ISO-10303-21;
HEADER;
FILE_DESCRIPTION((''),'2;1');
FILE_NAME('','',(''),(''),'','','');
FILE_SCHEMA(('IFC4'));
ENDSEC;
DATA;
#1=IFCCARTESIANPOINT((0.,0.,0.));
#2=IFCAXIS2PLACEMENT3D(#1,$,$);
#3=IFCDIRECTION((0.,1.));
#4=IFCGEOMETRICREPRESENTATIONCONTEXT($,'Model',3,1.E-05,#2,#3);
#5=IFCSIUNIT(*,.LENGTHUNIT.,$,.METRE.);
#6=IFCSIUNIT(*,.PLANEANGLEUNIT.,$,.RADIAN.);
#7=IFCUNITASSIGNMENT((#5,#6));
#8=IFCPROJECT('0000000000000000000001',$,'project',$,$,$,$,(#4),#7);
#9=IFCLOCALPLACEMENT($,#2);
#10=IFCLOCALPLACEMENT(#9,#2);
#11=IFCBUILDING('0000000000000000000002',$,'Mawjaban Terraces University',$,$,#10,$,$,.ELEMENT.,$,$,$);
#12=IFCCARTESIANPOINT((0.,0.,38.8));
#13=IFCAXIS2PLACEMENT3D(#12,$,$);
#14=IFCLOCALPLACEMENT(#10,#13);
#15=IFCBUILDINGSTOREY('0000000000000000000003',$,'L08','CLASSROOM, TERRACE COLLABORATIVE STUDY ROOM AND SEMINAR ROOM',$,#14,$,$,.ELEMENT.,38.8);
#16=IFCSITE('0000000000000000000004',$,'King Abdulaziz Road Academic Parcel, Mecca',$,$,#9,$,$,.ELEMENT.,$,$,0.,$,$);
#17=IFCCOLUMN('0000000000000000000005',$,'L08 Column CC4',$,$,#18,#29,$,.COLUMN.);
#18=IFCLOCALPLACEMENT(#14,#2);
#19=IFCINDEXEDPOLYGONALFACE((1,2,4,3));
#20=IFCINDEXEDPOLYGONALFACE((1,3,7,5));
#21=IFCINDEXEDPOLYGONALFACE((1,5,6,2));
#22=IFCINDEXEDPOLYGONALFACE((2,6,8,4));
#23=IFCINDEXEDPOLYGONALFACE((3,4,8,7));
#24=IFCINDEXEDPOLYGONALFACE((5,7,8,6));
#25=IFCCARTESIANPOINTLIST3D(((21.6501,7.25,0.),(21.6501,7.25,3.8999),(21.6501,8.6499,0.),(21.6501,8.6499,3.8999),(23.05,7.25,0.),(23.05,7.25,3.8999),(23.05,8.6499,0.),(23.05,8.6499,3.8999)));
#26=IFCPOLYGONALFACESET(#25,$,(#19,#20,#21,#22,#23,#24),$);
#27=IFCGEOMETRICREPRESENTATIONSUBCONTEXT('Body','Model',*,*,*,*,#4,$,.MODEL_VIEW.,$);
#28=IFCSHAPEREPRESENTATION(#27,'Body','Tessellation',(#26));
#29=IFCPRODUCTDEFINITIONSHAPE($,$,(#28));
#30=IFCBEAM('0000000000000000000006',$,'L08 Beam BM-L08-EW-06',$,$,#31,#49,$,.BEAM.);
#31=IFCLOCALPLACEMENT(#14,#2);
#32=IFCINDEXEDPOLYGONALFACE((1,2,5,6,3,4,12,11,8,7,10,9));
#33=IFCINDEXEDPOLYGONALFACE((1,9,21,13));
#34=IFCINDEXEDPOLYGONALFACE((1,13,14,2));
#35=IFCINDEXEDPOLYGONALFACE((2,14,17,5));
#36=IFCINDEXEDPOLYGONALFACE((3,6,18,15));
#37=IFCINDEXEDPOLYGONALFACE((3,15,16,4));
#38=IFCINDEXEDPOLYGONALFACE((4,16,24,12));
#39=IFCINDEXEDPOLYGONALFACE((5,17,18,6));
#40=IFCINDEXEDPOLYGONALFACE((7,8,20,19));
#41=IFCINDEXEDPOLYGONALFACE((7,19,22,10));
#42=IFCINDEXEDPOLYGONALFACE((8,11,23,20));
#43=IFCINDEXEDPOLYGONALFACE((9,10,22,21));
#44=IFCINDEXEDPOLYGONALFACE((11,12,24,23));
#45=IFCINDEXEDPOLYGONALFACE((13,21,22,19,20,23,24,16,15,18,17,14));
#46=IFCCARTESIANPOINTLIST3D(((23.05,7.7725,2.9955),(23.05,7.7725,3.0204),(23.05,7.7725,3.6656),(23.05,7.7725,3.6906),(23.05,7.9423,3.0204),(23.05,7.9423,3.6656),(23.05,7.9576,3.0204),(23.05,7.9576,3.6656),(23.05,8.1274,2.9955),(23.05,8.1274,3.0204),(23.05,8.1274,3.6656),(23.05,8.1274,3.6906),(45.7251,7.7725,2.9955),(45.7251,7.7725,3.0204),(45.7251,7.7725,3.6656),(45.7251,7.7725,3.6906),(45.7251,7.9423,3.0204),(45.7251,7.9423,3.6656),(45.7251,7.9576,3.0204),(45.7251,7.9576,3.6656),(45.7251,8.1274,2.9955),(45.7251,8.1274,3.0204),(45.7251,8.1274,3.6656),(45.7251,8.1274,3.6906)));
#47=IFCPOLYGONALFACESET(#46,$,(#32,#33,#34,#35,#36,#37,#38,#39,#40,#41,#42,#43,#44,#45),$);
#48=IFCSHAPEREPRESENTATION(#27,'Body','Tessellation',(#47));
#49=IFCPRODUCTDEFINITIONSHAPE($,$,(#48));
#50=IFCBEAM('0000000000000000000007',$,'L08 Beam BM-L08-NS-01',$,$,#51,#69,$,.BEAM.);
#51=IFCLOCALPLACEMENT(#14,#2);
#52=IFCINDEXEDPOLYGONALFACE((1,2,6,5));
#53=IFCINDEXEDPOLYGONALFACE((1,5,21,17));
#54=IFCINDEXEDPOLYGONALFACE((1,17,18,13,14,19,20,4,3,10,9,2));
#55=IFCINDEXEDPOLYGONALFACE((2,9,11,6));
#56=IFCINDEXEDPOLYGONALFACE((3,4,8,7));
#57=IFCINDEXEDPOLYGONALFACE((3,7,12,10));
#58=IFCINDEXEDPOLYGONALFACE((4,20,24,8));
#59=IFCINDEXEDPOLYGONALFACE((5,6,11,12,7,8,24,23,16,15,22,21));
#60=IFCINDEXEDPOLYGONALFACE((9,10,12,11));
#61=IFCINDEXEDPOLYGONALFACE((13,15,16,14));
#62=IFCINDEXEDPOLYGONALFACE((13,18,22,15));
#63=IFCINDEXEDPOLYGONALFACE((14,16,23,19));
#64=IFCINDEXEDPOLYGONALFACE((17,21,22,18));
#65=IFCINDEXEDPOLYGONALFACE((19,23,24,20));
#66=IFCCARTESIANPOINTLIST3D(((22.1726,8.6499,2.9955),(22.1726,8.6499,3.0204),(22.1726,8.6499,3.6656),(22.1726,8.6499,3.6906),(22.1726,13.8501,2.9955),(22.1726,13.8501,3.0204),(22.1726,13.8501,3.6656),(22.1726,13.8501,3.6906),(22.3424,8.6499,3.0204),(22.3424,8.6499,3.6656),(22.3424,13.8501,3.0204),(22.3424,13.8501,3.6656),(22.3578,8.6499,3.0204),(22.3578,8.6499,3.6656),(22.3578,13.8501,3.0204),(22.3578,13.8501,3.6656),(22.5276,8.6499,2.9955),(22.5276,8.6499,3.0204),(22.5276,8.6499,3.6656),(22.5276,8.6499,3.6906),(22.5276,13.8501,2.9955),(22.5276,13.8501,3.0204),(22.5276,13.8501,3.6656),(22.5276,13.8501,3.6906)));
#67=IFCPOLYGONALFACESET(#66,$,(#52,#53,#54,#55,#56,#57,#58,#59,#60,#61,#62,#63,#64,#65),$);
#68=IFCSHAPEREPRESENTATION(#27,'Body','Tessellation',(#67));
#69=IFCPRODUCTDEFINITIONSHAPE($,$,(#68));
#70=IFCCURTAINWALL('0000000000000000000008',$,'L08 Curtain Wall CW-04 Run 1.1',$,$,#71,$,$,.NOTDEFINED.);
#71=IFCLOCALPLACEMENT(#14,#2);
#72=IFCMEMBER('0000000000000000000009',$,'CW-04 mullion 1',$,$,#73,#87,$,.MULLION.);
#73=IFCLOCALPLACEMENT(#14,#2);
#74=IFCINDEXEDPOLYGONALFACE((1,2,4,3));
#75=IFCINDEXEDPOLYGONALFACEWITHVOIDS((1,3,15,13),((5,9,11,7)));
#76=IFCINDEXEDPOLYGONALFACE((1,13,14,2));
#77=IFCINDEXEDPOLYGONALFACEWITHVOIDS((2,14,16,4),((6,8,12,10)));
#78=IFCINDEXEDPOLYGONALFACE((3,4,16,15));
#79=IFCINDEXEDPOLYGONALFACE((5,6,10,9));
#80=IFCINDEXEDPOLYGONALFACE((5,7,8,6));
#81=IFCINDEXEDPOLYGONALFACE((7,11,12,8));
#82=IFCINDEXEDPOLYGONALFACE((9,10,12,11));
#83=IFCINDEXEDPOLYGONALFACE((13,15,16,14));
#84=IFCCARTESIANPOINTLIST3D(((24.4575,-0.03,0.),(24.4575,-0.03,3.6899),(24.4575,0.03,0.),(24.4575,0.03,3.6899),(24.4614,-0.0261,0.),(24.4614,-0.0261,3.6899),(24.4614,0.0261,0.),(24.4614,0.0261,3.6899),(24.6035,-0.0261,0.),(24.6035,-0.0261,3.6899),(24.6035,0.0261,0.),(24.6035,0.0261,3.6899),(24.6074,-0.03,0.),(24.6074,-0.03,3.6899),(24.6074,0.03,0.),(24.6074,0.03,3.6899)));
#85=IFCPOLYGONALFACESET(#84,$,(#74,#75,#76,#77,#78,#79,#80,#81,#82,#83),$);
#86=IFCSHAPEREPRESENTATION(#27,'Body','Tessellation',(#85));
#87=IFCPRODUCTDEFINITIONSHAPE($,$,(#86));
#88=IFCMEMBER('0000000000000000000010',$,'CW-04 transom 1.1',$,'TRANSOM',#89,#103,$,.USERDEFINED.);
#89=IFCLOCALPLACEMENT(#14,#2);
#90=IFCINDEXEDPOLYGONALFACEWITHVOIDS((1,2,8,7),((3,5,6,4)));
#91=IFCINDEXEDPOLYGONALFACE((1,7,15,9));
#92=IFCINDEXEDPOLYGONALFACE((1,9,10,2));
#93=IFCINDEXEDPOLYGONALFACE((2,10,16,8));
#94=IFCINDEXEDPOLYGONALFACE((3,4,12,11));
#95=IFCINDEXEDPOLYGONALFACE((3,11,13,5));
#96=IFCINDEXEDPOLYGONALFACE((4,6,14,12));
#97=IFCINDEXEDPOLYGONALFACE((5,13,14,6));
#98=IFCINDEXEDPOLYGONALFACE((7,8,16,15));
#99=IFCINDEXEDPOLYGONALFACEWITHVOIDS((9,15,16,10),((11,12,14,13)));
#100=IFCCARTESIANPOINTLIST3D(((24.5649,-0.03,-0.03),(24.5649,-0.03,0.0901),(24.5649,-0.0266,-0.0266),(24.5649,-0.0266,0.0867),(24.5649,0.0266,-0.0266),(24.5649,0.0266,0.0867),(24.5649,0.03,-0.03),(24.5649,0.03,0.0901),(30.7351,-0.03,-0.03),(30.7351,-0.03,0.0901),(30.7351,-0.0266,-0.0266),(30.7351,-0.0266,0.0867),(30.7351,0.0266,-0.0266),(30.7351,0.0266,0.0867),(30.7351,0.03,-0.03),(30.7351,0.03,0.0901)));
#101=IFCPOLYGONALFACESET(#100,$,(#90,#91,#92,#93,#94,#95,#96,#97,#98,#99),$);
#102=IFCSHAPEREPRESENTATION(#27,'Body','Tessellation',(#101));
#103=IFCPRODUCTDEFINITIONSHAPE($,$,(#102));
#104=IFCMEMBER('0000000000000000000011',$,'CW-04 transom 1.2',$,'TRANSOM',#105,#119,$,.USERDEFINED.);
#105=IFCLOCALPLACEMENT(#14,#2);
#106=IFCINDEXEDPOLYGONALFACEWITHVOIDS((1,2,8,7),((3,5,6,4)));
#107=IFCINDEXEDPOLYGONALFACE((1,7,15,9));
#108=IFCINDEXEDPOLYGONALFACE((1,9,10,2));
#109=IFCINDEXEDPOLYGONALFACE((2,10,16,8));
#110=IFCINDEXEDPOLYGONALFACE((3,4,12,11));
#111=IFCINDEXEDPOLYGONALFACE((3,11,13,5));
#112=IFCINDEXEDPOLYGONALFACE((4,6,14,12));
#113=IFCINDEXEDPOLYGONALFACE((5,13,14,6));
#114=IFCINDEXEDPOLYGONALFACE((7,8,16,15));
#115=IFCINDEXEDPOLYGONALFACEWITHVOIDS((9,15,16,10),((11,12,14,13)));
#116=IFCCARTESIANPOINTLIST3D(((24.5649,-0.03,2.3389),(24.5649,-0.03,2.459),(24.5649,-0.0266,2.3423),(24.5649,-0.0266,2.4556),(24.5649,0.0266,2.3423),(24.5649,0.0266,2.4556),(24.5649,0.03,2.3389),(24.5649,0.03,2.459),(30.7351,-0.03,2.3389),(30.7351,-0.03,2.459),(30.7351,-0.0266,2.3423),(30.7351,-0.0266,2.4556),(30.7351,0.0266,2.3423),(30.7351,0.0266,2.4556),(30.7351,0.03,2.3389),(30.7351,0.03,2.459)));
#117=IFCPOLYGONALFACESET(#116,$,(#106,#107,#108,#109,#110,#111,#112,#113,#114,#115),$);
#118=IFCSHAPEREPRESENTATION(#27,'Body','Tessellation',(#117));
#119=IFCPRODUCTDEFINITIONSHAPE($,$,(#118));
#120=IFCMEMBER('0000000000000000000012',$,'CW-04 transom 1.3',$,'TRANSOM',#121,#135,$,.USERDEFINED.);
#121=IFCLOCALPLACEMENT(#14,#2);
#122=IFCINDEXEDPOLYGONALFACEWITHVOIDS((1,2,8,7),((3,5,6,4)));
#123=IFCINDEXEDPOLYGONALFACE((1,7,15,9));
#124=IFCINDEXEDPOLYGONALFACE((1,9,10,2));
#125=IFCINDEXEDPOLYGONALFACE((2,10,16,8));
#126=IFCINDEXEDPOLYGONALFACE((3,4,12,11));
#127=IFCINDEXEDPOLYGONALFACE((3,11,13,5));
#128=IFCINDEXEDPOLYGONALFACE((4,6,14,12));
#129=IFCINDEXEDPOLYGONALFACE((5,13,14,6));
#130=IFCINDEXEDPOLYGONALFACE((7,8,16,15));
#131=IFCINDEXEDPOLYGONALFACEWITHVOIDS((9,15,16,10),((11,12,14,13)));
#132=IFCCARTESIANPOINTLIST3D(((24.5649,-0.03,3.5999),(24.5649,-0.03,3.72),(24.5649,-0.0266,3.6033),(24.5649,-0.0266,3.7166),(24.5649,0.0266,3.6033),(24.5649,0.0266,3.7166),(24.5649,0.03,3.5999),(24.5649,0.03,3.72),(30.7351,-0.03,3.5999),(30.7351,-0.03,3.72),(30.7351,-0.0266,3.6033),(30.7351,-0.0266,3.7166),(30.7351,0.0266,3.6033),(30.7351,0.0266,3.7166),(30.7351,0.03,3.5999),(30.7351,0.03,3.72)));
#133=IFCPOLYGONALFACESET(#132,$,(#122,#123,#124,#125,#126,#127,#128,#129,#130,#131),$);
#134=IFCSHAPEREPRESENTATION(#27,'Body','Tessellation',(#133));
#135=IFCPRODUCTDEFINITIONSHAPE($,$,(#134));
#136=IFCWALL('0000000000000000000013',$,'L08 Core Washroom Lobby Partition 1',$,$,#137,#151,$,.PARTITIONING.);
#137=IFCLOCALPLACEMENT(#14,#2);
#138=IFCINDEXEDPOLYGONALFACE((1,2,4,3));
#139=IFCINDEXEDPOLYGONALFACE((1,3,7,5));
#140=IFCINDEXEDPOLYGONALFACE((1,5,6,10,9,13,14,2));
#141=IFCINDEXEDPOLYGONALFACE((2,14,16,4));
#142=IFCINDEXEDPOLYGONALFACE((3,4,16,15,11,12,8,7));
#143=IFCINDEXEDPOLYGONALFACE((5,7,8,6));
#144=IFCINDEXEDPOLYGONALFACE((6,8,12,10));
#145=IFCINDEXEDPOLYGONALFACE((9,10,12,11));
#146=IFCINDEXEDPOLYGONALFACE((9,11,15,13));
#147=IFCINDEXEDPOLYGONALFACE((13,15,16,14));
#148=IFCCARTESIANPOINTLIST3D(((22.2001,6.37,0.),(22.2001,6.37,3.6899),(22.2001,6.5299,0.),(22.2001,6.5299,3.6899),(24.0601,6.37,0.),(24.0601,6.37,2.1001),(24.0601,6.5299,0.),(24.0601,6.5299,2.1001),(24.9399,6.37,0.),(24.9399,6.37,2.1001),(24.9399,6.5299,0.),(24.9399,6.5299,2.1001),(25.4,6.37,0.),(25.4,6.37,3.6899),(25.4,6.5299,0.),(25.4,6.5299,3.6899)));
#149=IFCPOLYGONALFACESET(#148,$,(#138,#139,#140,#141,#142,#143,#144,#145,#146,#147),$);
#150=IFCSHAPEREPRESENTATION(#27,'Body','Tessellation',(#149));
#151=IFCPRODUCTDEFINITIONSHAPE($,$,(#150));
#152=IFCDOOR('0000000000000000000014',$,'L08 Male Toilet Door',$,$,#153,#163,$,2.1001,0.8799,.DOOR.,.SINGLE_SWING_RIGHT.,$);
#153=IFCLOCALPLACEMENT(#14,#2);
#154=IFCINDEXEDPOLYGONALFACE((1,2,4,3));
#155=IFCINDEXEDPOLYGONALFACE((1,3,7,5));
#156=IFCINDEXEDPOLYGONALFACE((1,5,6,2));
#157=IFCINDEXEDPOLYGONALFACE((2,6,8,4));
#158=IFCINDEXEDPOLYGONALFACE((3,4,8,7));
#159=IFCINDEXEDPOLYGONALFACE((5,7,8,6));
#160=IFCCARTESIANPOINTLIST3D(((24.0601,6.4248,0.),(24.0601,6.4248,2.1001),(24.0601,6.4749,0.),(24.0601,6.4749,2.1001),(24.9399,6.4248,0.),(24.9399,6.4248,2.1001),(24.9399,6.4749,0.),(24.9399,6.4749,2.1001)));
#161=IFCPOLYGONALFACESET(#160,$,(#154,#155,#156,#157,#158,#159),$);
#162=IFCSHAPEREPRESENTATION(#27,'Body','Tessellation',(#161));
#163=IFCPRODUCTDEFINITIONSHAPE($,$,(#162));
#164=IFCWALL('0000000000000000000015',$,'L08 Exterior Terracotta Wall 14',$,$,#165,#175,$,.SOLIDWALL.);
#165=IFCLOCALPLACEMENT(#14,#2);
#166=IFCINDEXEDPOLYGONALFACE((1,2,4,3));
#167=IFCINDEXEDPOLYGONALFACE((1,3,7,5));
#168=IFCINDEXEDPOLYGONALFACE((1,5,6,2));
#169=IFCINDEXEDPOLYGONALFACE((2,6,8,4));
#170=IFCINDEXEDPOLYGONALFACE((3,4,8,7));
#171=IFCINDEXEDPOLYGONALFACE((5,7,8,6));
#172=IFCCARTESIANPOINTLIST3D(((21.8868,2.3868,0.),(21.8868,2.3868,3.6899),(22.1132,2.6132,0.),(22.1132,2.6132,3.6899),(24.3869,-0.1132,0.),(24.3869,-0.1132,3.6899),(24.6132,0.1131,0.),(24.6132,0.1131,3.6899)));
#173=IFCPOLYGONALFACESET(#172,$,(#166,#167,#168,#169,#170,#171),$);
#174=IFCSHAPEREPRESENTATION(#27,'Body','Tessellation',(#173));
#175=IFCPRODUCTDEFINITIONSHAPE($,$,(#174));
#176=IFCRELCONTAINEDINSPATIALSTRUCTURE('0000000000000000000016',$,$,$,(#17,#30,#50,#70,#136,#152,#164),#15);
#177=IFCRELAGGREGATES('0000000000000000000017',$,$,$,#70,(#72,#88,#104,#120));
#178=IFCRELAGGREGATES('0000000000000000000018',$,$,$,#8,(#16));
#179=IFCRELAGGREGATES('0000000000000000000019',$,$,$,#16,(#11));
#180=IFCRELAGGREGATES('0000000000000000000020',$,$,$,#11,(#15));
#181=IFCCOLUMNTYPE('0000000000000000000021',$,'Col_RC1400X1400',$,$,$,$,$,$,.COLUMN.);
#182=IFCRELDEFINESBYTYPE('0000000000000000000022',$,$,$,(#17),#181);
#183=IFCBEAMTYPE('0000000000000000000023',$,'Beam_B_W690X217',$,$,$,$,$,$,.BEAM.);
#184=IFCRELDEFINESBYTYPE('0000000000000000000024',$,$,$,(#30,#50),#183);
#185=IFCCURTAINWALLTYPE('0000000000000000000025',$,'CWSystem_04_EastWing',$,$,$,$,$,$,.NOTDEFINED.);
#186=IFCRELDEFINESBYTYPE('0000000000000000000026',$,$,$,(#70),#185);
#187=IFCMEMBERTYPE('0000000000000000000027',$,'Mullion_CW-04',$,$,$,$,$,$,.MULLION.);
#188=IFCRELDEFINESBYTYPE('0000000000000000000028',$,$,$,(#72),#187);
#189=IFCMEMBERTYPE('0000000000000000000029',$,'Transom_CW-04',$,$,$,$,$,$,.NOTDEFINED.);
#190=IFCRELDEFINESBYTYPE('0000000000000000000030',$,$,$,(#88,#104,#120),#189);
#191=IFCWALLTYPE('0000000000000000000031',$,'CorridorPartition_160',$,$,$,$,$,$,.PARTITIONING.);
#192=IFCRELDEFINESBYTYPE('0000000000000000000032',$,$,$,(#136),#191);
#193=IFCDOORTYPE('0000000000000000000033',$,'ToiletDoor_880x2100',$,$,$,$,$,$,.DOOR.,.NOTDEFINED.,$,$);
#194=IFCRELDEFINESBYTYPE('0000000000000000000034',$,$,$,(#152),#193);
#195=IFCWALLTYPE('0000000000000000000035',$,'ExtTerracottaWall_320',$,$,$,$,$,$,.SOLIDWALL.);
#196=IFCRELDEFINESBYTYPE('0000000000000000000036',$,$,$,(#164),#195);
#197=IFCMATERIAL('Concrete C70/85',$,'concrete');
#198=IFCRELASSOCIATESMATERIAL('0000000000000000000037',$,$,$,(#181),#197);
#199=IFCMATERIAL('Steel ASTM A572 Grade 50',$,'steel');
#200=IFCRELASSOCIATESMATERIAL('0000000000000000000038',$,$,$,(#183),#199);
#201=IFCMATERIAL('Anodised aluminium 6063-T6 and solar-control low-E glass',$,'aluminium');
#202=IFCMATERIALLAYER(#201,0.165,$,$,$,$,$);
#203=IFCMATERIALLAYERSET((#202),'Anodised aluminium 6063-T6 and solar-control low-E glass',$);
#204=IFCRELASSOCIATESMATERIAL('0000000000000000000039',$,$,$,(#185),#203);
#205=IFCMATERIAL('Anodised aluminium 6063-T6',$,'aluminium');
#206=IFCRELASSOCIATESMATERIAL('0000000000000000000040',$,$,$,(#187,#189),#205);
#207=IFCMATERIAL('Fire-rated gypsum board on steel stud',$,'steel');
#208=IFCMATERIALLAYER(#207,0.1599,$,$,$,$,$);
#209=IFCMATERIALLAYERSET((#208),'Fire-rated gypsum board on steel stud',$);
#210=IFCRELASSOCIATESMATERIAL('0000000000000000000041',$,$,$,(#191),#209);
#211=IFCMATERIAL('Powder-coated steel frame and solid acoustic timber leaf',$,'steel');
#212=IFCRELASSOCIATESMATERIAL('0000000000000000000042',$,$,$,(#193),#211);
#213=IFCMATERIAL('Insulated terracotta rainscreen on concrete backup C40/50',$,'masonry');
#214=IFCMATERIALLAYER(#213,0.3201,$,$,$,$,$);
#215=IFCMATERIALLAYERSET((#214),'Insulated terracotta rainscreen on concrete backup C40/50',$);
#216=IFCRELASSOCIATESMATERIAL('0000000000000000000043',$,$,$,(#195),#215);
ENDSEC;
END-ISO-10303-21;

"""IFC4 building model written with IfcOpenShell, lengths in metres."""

from ifc_helpers import new_model, si_unit, direction, frame, frame_2d, origin, origin_2d, place, context, subcontext, project, spatial, rectangle, hollow_rectangle, i_section, extrude, material, layer, layer_set, material_profile, profile_set, type_object, element, fill, aggregate, save


model = new_model("IFC4")

# Units and contexts
model_context = context("Model", 3, precision=1e-05, world=origin(), true_north=direction((0.0, 1.0)))
body_context = subcontext(model_context, "Body", "Model", "MODEL_VIEW")
ifc_project = project(units=[si_unit("LENGTHUNIT", "METRE"), si_unit("PLANEANGLEUNIT", "RADIAN")], contexts=[model_context])

# Site, building, storey
site_placement = place(None, origin())
site = spatial("IfcSite", under=ifc_project, at=site_placement, Name="King Abdulaziz Road Academic Parcel, Mecca", CompositionType="ELEMENT", RefElevation=0.0)
building_placement = place(site_placement, origin())
building = spatial("IfcBuilding", under=site, at=building_placement, Name="Mawjaban Terraces University", CompositionType="ELEMENT")
storey_placement = place(building_placement, frame((0.0, 0.0, 38.8)))
storey = spatial("IfcBuildingStorey", under=building, at=storey_placement, Name="L08", Description="CLASSROOM, TERRACE COLLABORATIVE STUDY ROOM AND SEMINAR ROOM", CompositionType="ELEMENT", Elevation=38.8)

# Column
ifc_material_1 = material(Name="Concrete C70/85", Category="concrete")
ifc_material_profile_1 = material_profile(ifc_material_1, rectangle(XDim=1.3999, YDim=1.3999, at=origin_2d()), Name="RC1400X1400")
ifc_profile_set_1 = profile_set([ifc_material_profile_1], Name="Concrete C70/85")
column_type = type_object("IfcColumnType", Name="Col_RC1400X1400", PredefinedType="COLUMN", material=ifc_profile_set_1)
column_placement = place(storey_placement, frame((22.3501, 7.95, 0.0), z_axis=(0.0, 0.0, 1.0), x_axis=(1.0, 0.0, 0.0)))
element("IfcColumn", 1, at=column_placement, inside=storey, type_object=column_type, Name="L08 Column CC4", PredefinedType="COLUMN", context=body_context, shape_type="SweptSolid", body=[
    extrude(rectangle(XDim=1.3999, YDim=1.3999, at=origin_2d()), origin(), (0.0, 0.0, 1.0), 3.8999),
])

# Beams
ifc_material_2 = material(Name="Steel ASTM A572 Grade 50", Category="steel")
ifc_material_profile_2 = material_profile(ifc_material_2, i_section(OverallWidth=0.355, OverallDepth=0.6951, WebThickness=0.0154, FlangeThickness=0.0249, at=origin_2d()), Name="W690X217")
ifc_profile_set_2 = profile_set([ifc_material_profile_2], Name="Steel ASTM A572 Grade 50")
beam_type = type_object("IfcBeamType", Name="Beam_B_W690X217", PredefinedType="BEAM", material=ifc_profile_set_2)
beam_1_placement = place(storey_placement, frame((23.05, 7.95, 3.343), z_axis=(1.0, 0.0, 0.0), x_axis=(0.0, 1.0, 0.0)))
element("IfcBeam", 2, at=beam_1_placement, inside=storey, type_object=beam_type, Name="L08 Beam BM-L08-EW-06", PredefinedType="BEAM", context=body_context, shape_type="SweptSolid", body=[
    extrude(i_section(OverallWidth=0.355, OverallDepth=0.6951, WebThickness=0.0154, FlangeThickness=0.0249, at=origin_2d()), origin(), (0.0, 0.0, 1.0), 22.675),
])
beam_2_placement = place(storey_placement, frame((22.3501, 8.6499, 3.343), z_axis=(0.0, 1.0, 0.0), x_axis=(-1.0, 0.0, 0.0)))
element("IfcBeam", 3, at=beam_2_placement, inside=storey, type_object=beam_type, Name="L08 Beam BM-L08-NS-01", PredefinedType="BEAM", context=body_context, shape_type="SweptSolid", body=[
    extrude(i_section(OverallWidth=0.355, OverallDepth=0.6951, WebThickness=0.0154, FlangeThickness=0.0249, at=origin_2d()), origin(), (0.0, 0.0, 1.0), 5.2002),
])

# Curtain wall, members
ifc_material_3 = material(Name="Anodised aluminium 6063-T6 and solar-control low-E glass", Category="aluminium")
ifc_layer_1 = layer(ifc_material_3, 0.165)
ifc_layer_set_1 = layer_set([ifc_layer_1], Name="Anodised aluminium 6063-T6 and solar-control low-E glass")
curtain_wall_type = type_object("IfcCurtainWallType", Name="CWSystem_04_EastWing", PredefinedType="NOTDEFINED", material=ifc_layer_set_1)
curtain_wall_placement = place(storey_placement, origin())
curtain_wall = element("IfcCurtainWall", 4, at=curtain_wall_placement, inside=storey, type_object=curtain_wall_type, Name="L08 Curtain Wall CW-04 Run 1.1", PredefinedType="NOTDEFINED")
ifc_material_4 = material(Name="Anodised aluminium 6063-T6", Category="aluminium")
ifc_material_profile_3 = material_profile(ifc_material_4, hollow_rectangle(XDim=0.0601, YDim=0.1499, WallThickness=0.0039, at=origin_2d()), Name="ALU150X60X4")
ifc_profile_set_3 = profile_set([ifc_material_profile_3], Name="Anodised aluminium 6063-T6")
member_type_1 = type_object("IfcMemberType", Name="Mullion_CW-04", PredefinedType="MULLION", material=ifc_profile_set_3)
member_1_placement = place(storey_placement, frame((24.5325, 0.0, 0.0), z_axis=(0.0, 0.0, 1.0), x_axis=(0.0, 1.0, 0.0)))
member_1 = element("IfcMember", 5, at=member_1_placement, type_object=member_type_1, Name="CW-04 mullion 1", PredefinedType="MULLION", context=body_context, shape_type="SweptSolid", body=[
    extrude(hollow_rectangle(XDim=0.0601, YDim=0.1499, WallThickness=0.0039, at=origin_2d()), origin(), (0.0, 0.0, 1.0), 3.6899),
])
ifc_material_profile_4 = material_profile(ifc_material_4, hollow_rectangle(XDim=0.0601, YDim=0.1201, WallThickness=0.0034, at=origin_2d()), Name="ALU120X60X3.5")
ifc_profile_set_4 = profile_set([ifc_material_profile_4], Name="Anodised aluminium 6063-T6")
member_type_2 = type_object("IfcMemberType", Name="Transom_CW-04", PredefinedType="NOTDEFINED", material=ifc_profile_set_4)
member_2_placement = place(storey_placement, frame((24.5649, 0.0, 0.03), z_axis=(1.0, 0.0, 0.0), x_axis=(0.0, 1.0, 0.0)))
member_2 = element("IfcMember", 6, at=member_2_placement, type_object=member_type_2, Name="CW-04 transom 1.1", ObjectType="TRANSOM", PredefinedType="USERDEFINED", context=body_context, shape_type="SweptSolid", body=[
    extrude(hollow_rectangle(XDim=0.0601, YDim=0.1201, WallThickness=0.0034, at=origin_2d()), origin(), (0.0, 0.0, 1.0), 6.1702),
])
member_3_placement = place(storey_placement, frame((24.5649, 0.0, 2.3989), z_axis=(1.0, 0.0, 0.0), x_axis=(0.0, 1.0, 0.0)))
member_3 = element("IfcMember", 7, at=member_3_placement, type_object=member_type_2, Name="CW-04 transom 1.2", ObjectType="TRANSOM", PredefinedType="USERDEFINED", context=body_context, shape_type="SweptSolid", body=[
    extrude(hollow_rectangle(XDim=0.0601, YDim=0.1201, WallThickness=0.0034, at=origin_2d()), origin(), (0.0, 0.0, 1.0), 6.1702),
])
member_4_placement = place(storey_placement, frame((24.5649, 0.0, 3.6599), z_axis=(1.0, 0.0, 0.0), x_axis=(0.0, 1.0, 0.0)))
member_4 = element("IfcMember", 8, at=member_4_placement, type_object=member_type_2, Name="CW-04 transom 1.3", ObjectType="TRANSOM", PredefinedType="USERDEFINED", context=body_context, shape_type="SweptSolid", body=[
    extrude(hollow_rectangle(XDim=0.0601, YDim=0.1201, WallThickness=0.0034, at=origin_2d()), origin(), (0.0, 0.0, 1.0), 6.1702),
])
aggregate(curtain_wall, [member_1, member_2, member_3, member_4])

# Wall, opening, door
ifc_material_5 = material(Name="Fire-rated gypsum board on steel stud", Category="steel")
ifc_layer_2 = layer(ifc_material_5, 0.1599)
ifc_layer_set_2 = layer_set([ifc_layer_2], Name="Fire-rated gypsum board on steel stud")
wall_type_1 = type_object("IfcWallType", Name="CorridorPartition_160", PredefinedType="PARTITIONING", material=ifc_layer_set_2)
wall_1_placement = place(storey_placement, frame((22.2, 6.45, 0.0), z_axis=(0.0, 0.0, 1.0), x_axis=(1.0, 0.0, 0.0)))
wall_1 = element("IfcWall", 9, at=wall_1_placement, inside=storey, type_object=wall_type_1, Name="L08 Core Washroom Lobby Partition 1", PredefinedType="PARTITIONING", context=body_context, shape_type="SweptSolid", body=[
    extrude(rectangle(XDim=3.2, YDim=0.1599, at=frame_2d((1.6001, 0.0))), origin(), (0.0, 0.0, 1.0), 3.6899),
])
opening_placement = place(wall_1_placement, frame((1.8601, 0.0, 0.0)))
opening = element("IfcOpeningElement", 10, at=opening_placement, cuts=wall_1, PredefinedType="OPENING", context=body_context, shape_type="SweptSolid", body=[
    extrude(rectangle(XDim=0.8799, YDim=2.1001, at=frame_2d((0.4399, 1.05))), frame((0.0, 0.0898, 0.0), z_axis=(0.0, -1.0, 0.0), x_axis=(1.0, 0.0, 0.0)), (0.0, 0.0, 1.0), 0.1799),
])
ifc_material_6 = material(Name="Powder-coated steel frame and solid acoustic timber leaf", Category="steel")
door_type = type_object("IfcDoorType", Name="ToiletDoor_880x2100", OperationType="NOTDEFINED", PredefinedType="DOOR", material=ifc_material_6)
door_placement = place(opening_placement, origin())
door = element("IfcDoor", 11, at=door_placement, inside=storey, type_object=door_type, Name="L08 Male Toilet Door", OperationType="SINGLE_SWING_RIGHT", OverallHeight=2.1001, OverallWidth=0.8799, PredefinedType="DOOR", context=body_context, shape_type="SweptSolid", body=[
    extrude(rectangle(XDim=0.8799, YDim=2.1001, at=frame_2d((0.4399, 1.05))), frame((0.0, 0.0249, 0.0), z_axis=(0.0, -1.0, 0.0), x_axis=(1.0, 0.0, 0.0)), (0.0, 0.0, 1.0), 0.05),
])
fill(opening, door)

# Wall
ifc_material_7 = material(Name="Insulated terracotta rainscreen on concrete backup C40/50", Category="masonry")
ifc_layer_3 = layer(ifc_material_7, 0.3201)
ifc_layer_set_3 = layer_set([ifc_layer_3], Name="Insulated terracotta rainscreen on concrete backup C40/50")
wall_type_2 = type_object("IfcWallType", Name="ExtTerracottaWall_320", PredefinedType="SOLIDWALL", material=ifc_layer_set_3)
wall_2_placement = place(storey_placement, frame((22.0, 2.5, 0.0), z_axis=(0.0, 0.0, 1.0), x_axis=(0.707107, -0.707107, 0.0)))
element("IfcWall", 12, at=wall_2_placement, inside=storey, type_object=wall_type_2, Name="L08 Exterior Terracotta Wall 14", PredefinedType="SOLIDWALL", context=body_context, shape_type="SweptSolid", body=[
    extrude(rectangle(XDim=3.5356, YDim=0.3201, at=frame_2d((1.7678, 0.0))), origin(), (0.0, 0.0, 1.0), 3.6899),
])

save(model, "model.ifc")
